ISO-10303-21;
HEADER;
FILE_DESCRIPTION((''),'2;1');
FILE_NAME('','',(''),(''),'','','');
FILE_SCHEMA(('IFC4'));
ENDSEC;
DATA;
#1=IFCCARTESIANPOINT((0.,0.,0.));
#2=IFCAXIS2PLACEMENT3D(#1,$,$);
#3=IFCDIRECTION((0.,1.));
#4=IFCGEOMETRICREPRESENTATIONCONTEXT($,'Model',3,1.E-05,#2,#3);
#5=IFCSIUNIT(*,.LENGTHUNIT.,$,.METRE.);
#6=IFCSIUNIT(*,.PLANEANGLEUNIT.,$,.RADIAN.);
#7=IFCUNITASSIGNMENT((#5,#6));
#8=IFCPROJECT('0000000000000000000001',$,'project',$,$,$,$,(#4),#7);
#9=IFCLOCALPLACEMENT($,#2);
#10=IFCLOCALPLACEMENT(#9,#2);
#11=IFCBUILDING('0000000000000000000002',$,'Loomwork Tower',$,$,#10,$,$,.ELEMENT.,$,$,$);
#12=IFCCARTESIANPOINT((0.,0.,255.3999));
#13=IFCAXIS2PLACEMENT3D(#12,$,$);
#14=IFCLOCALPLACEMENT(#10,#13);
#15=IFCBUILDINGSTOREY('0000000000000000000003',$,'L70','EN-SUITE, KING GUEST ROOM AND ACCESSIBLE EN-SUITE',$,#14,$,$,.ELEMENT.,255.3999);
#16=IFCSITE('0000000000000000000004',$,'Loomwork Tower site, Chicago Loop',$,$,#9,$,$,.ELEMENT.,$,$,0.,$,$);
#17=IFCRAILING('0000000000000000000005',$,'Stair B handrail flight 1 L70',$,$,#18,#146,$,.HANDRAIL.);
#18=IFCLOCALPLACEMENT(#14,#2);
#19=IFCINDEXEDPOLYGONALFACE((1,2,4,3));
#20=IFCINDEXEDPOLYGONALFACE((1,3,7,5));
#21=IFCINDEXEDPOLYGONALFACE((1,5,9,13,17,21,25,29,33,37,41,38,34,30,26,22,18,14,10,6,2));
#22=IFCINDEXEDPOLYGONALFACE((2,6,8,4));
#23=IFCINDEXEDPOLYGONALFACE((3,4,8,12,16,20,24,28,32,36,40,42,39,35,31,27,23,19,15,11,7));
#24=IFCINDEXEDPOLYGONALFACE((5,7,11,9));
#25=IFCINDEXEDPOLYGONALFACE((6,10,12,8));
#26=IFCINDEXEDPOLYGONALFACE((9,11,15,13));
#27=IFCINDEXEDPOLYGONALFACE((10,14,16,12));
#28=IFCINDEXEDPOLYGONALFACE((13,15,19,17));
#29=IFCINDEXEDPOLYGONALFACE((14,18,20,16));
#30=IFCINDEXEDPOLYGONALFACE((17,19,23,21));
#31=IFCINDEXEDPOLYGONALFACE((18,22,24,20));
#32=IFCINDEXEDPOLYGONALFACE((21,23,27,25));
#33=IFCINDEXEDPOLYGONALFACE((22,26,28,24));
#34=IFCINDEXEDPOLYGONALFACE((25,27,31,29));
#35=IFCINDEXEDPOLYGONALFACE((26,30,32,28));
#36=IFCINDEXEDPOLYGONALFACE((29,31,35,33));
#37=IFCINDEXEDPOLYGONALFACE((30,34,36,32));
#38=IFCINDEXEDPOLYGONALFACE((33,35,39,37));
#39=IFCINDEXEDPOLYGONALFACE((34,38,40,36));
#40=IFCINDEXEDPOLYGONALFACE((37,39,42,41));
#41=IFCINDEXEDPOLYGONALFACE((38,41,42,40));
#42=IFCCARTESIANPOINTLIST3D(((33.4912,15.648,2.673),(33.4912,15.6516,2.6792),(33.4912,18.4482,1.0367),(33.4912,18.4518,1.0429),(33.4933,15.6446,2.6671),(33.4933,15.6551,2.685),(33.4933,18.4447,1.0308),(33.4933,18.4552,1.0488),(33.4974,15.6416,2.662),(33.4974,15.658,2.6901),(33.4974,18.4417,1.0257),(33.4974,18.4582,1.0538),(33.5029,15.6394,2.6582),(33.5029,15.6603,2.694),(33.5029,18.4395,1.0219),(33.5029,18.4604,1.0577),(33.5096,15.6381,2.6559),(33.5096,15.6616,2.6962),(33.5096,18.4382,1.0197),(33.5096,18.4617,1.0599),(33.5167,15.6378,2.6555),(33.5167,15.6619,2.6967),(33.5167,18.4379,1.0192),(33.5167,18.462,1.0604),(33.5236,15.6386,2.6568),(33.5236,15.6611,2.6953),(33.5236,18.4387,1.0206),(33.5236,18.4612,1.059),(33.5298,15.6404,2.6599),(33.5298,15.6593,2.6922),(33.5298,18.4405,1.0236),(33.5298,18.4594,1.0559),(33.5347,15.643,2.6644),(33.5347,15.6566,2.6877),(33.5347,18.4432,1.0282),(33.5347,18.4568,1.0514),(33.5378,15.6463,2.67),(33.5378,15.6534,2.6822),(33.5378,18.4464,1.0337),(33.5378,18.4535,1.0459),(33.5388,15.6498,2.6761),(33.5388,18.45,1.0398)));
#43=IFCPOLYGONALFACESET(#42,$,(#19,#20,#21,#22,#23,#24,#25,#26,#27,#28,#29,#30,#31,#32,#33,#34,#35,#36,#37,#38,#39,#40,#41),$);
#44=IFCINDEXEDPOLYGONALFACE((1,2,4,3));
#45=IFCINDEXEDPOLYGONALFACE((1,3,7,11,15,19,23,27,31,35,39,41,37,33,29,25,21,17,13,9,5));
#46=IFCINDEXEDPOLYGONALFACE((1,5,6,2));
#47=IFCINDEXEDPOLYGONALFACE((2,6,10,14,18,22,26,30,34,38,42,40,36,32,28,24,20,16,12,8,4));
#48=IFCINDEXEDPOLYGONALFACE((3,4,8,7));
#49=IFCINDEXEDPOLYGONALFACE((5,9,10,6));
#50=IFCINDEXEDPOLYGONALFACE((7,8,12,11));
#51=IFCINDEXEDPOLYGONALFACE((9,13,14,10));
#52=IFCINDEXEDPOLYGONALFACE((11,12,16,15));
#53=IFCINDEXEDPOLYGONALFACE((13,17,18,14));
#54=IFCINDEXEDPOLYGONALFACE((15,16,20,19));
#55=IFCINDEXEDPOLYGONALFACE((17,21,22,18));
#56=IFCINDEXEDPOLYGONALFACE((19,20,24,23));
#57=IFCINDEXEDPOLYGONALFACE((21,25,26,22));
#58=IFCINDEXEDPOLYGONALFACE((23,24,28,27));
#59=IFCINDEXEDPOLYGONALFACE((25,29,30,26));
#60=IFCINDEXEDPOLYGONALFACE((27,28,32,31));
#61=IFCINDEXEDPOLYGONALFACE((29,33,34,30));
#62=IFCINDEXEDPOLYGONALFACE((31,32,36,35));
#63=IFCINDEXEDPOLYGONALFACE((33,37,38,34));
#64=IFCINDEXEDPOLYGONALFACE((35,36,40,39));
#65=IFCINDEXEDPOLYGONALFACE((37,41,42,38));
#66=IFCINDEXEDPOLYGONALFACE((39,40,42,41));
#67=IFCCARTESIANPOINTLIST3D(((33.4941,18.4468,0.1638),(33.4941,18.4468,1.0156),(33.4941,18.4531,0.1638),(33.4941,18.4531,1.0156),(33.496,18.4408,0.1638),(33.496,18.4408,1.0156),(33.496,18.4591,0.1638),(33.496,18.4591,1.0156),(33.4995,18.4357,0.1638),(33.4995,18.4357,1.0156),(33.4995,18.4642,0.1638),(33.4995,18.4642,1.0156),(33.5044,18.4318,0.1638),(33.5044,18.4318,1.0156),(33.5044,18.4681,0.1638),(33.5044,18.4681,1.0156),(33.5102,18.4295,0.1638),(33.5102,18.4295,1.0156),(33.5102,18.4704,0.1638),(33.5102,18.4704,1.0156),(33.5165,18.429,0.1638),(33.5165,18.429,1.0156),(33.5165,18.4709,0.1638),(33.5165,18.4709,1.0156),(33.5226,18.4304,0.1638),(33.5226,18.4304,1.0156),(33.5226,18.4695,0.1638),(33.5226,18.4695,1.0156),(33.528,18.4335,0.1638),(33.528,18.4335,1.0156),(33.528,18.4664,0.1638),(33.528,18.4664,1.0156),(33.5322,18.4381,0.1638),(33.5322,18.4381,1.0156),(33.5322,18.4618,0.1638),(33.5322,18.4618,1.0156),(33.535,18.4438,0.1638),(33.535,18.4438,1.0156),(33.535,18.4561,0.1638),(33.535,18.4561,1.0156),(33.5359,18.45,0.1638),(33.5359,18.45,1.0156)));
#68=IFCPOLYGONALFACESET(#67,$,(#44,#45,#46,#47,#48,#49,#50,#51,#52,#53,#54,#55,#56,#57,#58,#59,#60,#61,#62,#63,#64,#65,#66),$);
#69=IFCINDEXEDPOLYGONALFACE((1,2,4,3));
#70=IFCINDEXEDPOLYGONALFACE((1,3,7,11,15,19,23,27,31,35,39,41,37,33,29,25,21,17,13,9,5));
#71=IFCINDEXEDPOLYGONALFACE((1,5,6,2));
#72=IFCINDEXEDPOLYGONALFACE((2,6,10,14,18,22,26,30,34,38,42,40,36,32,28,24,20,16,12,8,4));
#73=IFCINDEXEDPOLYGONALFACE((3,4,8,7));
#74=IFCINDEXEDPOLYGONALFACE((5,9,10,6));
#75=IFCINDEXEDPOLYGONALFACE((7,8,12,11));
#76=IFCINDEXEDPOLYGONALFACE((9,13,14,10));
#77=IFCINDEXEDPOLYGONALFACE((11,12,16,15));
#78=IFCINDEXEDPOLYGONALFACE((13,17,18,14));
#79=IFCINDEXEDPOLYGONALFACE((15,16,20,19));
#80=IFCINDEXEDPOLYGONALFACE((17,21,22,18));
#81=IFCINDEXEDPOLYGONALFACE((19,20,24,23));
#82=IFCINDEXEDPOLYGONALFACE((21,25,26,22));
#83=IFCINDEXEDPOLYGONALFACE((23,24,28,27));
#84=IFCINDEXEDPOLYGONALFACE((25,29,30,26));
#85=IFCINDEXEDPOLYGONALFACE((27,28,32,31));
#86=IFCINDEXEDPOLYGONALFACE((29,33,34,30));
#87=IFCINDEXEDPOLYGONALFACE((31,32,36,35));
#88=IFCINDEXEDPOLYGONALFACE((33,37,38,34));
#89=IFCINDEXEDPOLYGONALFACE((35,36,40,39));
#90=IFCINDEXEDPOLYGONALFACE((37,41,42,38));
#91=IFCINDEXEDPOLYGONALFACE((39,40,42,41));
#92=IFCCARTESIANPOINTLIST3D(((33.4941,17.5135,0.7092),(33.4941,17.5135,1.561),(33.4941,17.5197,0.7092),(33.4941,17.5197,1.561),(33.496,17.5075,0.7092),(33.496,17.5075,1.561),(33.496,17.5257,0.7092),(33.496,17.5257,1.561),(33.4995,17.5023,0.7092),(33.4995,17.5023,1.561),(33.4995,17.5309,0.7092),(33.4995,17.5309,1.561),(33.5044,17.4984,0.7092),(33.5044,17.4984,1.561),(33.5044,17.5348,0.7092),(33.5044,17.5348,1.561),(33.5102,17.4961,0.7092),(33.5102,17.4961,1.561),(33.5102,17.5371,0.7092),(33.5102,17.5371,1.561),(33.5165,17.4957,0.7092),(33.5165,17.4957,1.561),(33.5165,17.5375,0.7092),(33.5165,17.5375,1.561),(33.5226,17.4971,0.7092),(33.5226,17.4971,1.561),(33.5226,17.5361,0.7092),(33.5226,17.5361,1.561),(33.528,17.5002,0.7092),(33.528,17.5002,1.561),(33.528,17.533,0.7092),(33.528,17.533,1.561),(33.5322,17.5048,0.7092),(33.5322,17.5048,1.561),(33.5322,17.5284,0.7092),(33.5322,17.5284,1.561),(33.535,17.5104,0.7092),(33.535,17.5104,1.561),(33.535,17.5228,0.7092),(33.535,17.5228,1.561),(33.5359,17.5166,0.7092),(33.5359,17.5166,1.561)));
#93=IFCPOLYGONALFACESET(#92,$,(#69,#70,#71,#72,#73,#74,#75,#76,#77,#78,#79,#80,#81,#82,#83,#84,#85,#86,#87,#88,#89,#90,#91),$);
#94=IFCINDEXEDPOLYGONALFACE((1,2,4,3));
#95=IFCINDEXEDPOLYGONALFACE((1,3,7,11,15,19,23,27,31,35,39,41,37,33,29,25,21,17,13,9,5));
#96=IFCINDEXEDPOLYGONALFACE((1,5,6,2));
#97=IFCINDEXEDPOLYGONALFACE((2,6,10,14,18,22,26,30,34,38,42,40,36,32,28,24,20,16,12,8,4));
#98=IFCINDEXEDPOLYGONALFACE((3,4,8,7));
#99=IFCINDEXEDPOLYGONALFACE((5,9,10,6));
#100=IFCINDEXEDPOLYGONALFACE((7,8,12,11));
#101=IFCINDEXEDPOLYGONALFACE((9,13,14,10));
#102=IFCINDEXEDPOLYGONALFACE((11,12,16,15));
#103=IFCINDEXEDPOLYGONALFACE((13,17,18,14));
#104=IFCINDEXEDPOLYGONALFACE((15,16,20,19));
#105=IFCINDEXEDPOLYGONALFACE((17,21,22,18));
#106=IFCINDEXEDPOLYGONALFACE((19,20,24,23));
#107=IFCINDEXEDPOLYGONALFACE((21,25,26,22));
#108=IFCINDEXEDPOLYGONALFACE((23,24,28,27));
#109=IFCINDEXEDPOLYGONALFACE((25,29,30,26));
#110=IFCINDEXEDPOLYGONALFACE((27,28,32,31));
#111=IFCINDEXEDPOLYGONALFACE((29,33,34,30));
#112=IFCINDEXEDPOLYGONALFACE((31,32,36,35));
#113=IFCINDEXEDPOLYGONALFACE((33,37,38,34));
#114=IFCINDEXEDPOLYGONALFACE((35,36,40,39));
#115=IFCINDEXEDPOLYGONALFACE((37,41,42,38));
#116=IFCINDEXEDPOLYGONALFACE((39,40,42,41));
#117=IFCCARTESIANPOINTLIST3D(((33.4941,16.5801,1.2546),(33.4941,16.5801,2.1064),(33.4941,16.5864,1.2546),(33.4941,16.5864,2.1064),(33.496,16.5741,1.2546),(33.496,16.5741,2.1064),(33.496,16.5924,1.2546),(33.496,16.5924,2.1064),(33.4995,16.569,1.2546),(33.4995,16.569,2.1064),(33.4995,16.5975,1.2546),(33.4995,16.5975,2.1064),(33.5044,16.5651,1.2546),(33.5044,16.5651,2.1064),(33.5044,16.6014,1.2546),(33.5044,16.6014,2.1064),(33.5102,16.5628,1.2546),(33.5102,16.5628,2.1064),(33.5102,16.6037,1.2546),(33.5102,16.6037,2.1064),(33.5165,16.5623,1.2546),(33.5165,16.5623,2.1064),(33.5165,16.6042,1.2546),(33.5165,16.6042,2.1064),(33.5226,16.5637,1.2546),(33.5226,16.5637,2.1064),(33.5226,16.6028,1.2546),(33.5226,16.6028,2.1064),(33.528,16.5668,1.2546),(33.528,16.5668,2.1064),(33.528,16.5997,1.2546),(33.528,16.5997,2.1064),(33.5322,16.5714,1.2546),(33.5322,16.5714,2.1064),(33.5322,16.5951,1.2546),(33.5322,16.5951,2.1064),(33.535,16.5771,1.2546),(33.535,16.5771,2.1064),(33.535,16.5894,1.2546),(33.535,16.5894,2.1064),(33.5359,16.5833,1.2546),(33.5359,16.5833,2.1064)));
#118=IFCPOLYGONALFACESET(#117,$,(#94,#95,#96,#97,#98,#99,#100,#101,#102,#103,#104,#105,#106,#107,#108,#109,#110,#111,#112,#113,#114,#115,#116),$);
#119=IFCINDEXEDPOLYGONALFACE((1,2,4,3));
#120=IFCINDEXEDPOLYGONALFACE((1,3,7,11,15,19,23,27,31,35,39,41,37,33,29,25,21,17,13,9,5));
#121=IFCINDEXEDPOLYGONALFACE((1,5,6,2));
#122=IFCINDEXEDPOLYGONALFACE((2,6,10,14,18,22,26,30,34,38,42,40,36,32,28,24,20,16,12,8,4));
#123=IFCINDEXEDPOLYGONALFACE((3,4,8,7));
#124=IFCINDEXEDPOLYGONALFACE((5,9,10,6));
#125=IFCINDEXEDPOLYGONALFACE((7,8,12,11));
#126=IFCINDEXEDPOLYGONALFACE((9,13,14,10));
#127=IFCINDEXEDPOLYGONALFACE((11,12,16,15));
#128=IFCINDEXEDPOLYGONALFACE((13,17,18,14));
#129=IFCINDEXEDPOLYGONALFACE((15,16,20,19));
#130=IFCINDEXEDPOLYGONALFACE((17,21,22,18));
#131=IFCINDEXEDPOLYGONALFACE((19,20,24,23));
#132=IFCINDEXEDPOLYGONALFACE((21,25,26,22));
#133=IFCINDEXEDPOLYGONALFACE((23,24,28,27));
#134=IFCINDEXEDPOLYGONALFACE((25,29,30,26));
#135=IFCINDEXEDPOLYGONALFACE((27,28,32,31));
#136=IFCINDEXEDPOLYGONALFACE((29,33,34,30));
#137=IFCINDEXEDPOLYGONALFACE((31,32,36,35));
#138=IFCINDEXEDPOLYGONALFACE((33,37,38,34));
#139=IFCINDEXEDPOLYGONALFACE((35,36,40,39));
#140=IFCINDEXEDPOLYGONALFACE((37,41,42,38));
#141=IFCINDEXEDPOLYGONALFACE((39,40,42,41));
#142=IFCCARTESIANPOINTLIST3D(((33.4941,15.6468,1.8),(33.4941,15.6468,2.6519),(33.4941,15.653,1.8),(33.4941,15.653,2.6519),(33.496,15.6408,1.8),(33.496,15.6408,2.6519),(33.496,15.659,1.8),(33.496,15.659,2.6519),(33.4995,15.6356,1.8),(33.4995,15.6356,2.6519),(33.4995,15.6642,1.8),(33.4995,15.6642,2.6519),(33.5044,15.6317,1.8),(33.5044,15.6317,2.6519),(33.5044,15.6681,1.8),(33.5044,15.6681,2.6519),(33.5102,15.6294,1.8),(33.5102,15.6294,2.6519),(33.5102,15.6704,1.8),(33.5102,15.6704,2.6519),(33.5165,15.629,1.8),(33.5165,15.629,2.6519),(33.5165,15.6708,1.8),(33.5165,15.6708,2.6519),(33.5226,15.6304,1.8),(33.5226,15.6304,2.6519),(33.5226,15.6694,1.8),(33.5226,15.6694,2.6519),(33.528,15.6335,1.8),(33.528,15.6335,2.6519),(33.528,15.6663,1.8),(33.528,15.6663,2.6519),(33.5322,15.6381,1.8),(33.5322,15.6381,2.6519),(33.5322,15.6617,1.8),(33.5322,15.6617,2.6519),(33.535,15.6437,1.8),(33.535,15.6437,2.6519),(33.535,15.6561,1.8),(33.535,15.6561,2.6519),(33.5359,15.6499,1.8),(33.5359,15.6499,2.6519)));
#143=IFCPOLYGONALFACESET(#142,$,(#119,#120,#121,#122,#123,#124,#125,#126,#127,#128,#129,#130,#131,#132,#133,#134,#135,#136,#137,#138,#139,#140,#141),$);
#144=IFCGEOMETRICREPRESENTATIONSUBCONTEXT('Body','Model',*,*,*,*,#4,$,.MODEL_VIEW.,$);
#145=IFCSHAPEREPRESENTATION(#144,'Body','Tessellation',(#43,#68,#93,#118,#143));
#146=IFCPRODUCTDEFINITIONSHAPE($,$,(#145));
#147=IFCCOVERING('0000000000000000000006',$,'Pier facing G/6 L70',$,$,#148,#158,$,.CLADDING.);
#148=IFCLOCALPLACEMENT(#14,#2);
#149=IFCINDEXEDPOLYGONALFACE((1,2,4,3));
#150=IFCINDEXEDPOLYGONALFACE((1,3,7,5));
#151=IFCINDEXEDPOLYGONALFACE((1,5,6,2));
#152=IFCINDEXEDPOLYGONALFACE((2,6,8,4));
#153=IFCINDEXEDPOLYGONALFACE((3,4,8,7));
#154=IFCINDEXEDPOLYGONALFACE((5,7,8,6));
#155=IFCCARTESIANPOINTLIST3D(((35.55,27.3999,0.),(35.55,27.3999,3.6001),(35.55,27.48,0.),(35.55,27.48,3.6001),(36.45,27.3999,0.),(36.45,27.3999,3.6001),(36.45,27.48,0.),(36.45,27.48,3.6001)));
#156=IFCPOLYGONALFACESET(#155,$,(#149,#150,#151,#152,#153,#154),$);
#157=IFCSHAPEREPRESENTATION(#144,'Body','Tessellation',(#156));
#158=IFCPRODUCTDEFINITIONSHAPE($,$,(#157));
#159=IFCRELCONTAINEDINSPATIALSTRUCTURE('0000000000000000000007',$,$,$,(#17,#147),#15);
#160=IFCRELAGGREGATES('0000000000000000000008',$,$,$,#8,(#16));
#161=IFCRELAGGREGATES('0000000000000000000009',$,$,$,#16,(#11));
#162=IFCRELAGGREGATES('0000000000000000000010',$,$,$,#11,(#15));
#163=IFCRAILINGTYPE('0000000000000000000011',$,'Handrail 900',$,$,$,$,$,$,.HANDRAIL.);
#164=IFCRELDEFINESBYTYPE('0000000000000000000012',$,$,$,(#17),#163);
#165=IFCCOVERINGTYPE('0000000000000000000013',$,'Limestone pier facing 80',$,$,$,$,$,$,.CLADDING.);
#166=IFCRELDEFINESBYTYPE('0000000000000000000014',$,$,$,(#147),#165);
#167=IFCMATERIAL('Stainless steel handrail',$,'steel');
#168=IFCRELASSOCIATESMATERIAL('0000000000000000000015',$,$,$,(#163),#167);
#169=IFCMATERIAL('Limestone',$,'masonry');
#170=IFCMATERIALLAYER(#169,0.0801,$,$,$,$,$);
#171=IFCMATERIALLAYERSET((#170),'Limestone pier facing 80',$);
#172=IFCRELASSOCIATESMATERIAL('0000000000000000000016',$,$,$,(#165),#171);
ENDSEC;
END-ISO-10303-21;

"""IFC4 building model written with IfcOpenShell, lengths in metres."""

from ifc_helpers import new_model, si_unit, direction, frame, origin, origin_2d, place, context, subcontext, project, spatial, rectangle, circle, extrude, material, layer, layer_set, type_object, element, save


model = new_model("IFC4")

# Units and contexts
model_context = context("Model", 3, precision=1e-05, world=origin(), true_north=direction((0.0, 1.0)))
body_context = subcontext(model_context, "Body", "Model", "MODEL_VIEW")
ifc_project = project(units=[si_unit("LENGTHUNIT", "METRE"), si_unit("PLANEANGLEUNIT", "RADIAN")], contexts=[model_context])

# Site, building, storey
site_placement = place(None, origin())
site = spatial("IfcSite", under=ifc_project, at=site_placement, Name="Loomwork Tower site, Chicago Loop", CompositionType="ELEMENT", RefElevation=0.0)
building_placement = place(site_placement, origin())
building = spatial("IfcBuilding", under=site, at=building_placement, Name="Loomwork Tower", CompositionType="ELEMENT")
storey_placement = place(building_placement, frame((0.0, 0.0, 255.3999)))
storey = spatial("IfcBuildingStorey", under=building, at=storey_placement, Name="L70", Description="EN-SUITE, KING GUEST ROOM AND ACCESSIBLE EN-SUITE", CompositionType="ELEMENT", Elevation=255.3999)

# Railing
ifc_material_1 = material(Name="Stainless steel handrail", Category="steel")
railing_type = type_object("IfcRailingType", Name="Handrail 900", PredefinedType="HANDRAIL", material=ifc_material_1)
railing_placement = place(storey_placement, frame((33.5149, 18.45, 0.1638)))
element("IfcRailing", 1, at=railing_placement, inside=storey, type_object=railing_type, Name="Stair B handrail flight 1 L70", PredefinedType="HANDRAIL", context=body_context, shape_type="SweptSolid", body=[
    extrude(circle(Radius=0.0239, at=origin_2d()), frame((0.0, 0.0, 0.876), z_axis=(0.0, -0.863394, 0.504531), x_axis=(1.0, 0.0, 0.0)), (0.0, 0.0, 1.0), 3.2432),
    extrude(circle(Radius=0.021, at=origin_2d()), origin(), (0.0, 0.0, 1.0), 0.8518),
    extrude(circle(Radius=0.021, at=origin_2d()), frame((0.0, -0.9333, 0.5454)), (0.0, 0.0, 1.0), 0.8518),
    extrude(circle(Radius=0.021, at=origin_2d()), frame((0.0, -1.8667, 1.0908)), (0.0, 0.0, 1.0), 0.8518),
    extrude(circle(Radius=0.021, at=origin_2d()), frame((0.0, -2.8, 1.6362)), (0.0, 0.0, 1.0), 0.8518),
])

# Covering
ifc_material_2 = material(Name="Limestone", Category="masonry")
ifc_layer_1 = layer(ifc_material_2, 0.0801)
ifc_layer_set_1 = layer_set([ifc_layer_1], Name="Limestone pier facing 80")
covering_type = type_object("IfcCoveringType", Name="Limestone pier facing 80", PredefinedType="CLADDING", material=ifc_layer_set_1)
covering_placement = place(storey_placement, frame((36.0, 27.4399, 0.0), z_axis=(0.0, 0.0, 1.0), x_axis=(1.0, 0.0, 0.0)))
element("IfcCovering", 2, at=covering_placement, inside=storey, type_object=covering_type, Name="Pier facing G/6 L70", PredefinedType="CLADDING", context=body_context, shape_type="SweptSolid", body=[
    extrude(rectangle(XDim=0.8999, YDim=0.0801, at=origin_2d()), origin(), (0.0, 0.0, 1.0), 3.6001),
])

save(model, "model.ifc")
